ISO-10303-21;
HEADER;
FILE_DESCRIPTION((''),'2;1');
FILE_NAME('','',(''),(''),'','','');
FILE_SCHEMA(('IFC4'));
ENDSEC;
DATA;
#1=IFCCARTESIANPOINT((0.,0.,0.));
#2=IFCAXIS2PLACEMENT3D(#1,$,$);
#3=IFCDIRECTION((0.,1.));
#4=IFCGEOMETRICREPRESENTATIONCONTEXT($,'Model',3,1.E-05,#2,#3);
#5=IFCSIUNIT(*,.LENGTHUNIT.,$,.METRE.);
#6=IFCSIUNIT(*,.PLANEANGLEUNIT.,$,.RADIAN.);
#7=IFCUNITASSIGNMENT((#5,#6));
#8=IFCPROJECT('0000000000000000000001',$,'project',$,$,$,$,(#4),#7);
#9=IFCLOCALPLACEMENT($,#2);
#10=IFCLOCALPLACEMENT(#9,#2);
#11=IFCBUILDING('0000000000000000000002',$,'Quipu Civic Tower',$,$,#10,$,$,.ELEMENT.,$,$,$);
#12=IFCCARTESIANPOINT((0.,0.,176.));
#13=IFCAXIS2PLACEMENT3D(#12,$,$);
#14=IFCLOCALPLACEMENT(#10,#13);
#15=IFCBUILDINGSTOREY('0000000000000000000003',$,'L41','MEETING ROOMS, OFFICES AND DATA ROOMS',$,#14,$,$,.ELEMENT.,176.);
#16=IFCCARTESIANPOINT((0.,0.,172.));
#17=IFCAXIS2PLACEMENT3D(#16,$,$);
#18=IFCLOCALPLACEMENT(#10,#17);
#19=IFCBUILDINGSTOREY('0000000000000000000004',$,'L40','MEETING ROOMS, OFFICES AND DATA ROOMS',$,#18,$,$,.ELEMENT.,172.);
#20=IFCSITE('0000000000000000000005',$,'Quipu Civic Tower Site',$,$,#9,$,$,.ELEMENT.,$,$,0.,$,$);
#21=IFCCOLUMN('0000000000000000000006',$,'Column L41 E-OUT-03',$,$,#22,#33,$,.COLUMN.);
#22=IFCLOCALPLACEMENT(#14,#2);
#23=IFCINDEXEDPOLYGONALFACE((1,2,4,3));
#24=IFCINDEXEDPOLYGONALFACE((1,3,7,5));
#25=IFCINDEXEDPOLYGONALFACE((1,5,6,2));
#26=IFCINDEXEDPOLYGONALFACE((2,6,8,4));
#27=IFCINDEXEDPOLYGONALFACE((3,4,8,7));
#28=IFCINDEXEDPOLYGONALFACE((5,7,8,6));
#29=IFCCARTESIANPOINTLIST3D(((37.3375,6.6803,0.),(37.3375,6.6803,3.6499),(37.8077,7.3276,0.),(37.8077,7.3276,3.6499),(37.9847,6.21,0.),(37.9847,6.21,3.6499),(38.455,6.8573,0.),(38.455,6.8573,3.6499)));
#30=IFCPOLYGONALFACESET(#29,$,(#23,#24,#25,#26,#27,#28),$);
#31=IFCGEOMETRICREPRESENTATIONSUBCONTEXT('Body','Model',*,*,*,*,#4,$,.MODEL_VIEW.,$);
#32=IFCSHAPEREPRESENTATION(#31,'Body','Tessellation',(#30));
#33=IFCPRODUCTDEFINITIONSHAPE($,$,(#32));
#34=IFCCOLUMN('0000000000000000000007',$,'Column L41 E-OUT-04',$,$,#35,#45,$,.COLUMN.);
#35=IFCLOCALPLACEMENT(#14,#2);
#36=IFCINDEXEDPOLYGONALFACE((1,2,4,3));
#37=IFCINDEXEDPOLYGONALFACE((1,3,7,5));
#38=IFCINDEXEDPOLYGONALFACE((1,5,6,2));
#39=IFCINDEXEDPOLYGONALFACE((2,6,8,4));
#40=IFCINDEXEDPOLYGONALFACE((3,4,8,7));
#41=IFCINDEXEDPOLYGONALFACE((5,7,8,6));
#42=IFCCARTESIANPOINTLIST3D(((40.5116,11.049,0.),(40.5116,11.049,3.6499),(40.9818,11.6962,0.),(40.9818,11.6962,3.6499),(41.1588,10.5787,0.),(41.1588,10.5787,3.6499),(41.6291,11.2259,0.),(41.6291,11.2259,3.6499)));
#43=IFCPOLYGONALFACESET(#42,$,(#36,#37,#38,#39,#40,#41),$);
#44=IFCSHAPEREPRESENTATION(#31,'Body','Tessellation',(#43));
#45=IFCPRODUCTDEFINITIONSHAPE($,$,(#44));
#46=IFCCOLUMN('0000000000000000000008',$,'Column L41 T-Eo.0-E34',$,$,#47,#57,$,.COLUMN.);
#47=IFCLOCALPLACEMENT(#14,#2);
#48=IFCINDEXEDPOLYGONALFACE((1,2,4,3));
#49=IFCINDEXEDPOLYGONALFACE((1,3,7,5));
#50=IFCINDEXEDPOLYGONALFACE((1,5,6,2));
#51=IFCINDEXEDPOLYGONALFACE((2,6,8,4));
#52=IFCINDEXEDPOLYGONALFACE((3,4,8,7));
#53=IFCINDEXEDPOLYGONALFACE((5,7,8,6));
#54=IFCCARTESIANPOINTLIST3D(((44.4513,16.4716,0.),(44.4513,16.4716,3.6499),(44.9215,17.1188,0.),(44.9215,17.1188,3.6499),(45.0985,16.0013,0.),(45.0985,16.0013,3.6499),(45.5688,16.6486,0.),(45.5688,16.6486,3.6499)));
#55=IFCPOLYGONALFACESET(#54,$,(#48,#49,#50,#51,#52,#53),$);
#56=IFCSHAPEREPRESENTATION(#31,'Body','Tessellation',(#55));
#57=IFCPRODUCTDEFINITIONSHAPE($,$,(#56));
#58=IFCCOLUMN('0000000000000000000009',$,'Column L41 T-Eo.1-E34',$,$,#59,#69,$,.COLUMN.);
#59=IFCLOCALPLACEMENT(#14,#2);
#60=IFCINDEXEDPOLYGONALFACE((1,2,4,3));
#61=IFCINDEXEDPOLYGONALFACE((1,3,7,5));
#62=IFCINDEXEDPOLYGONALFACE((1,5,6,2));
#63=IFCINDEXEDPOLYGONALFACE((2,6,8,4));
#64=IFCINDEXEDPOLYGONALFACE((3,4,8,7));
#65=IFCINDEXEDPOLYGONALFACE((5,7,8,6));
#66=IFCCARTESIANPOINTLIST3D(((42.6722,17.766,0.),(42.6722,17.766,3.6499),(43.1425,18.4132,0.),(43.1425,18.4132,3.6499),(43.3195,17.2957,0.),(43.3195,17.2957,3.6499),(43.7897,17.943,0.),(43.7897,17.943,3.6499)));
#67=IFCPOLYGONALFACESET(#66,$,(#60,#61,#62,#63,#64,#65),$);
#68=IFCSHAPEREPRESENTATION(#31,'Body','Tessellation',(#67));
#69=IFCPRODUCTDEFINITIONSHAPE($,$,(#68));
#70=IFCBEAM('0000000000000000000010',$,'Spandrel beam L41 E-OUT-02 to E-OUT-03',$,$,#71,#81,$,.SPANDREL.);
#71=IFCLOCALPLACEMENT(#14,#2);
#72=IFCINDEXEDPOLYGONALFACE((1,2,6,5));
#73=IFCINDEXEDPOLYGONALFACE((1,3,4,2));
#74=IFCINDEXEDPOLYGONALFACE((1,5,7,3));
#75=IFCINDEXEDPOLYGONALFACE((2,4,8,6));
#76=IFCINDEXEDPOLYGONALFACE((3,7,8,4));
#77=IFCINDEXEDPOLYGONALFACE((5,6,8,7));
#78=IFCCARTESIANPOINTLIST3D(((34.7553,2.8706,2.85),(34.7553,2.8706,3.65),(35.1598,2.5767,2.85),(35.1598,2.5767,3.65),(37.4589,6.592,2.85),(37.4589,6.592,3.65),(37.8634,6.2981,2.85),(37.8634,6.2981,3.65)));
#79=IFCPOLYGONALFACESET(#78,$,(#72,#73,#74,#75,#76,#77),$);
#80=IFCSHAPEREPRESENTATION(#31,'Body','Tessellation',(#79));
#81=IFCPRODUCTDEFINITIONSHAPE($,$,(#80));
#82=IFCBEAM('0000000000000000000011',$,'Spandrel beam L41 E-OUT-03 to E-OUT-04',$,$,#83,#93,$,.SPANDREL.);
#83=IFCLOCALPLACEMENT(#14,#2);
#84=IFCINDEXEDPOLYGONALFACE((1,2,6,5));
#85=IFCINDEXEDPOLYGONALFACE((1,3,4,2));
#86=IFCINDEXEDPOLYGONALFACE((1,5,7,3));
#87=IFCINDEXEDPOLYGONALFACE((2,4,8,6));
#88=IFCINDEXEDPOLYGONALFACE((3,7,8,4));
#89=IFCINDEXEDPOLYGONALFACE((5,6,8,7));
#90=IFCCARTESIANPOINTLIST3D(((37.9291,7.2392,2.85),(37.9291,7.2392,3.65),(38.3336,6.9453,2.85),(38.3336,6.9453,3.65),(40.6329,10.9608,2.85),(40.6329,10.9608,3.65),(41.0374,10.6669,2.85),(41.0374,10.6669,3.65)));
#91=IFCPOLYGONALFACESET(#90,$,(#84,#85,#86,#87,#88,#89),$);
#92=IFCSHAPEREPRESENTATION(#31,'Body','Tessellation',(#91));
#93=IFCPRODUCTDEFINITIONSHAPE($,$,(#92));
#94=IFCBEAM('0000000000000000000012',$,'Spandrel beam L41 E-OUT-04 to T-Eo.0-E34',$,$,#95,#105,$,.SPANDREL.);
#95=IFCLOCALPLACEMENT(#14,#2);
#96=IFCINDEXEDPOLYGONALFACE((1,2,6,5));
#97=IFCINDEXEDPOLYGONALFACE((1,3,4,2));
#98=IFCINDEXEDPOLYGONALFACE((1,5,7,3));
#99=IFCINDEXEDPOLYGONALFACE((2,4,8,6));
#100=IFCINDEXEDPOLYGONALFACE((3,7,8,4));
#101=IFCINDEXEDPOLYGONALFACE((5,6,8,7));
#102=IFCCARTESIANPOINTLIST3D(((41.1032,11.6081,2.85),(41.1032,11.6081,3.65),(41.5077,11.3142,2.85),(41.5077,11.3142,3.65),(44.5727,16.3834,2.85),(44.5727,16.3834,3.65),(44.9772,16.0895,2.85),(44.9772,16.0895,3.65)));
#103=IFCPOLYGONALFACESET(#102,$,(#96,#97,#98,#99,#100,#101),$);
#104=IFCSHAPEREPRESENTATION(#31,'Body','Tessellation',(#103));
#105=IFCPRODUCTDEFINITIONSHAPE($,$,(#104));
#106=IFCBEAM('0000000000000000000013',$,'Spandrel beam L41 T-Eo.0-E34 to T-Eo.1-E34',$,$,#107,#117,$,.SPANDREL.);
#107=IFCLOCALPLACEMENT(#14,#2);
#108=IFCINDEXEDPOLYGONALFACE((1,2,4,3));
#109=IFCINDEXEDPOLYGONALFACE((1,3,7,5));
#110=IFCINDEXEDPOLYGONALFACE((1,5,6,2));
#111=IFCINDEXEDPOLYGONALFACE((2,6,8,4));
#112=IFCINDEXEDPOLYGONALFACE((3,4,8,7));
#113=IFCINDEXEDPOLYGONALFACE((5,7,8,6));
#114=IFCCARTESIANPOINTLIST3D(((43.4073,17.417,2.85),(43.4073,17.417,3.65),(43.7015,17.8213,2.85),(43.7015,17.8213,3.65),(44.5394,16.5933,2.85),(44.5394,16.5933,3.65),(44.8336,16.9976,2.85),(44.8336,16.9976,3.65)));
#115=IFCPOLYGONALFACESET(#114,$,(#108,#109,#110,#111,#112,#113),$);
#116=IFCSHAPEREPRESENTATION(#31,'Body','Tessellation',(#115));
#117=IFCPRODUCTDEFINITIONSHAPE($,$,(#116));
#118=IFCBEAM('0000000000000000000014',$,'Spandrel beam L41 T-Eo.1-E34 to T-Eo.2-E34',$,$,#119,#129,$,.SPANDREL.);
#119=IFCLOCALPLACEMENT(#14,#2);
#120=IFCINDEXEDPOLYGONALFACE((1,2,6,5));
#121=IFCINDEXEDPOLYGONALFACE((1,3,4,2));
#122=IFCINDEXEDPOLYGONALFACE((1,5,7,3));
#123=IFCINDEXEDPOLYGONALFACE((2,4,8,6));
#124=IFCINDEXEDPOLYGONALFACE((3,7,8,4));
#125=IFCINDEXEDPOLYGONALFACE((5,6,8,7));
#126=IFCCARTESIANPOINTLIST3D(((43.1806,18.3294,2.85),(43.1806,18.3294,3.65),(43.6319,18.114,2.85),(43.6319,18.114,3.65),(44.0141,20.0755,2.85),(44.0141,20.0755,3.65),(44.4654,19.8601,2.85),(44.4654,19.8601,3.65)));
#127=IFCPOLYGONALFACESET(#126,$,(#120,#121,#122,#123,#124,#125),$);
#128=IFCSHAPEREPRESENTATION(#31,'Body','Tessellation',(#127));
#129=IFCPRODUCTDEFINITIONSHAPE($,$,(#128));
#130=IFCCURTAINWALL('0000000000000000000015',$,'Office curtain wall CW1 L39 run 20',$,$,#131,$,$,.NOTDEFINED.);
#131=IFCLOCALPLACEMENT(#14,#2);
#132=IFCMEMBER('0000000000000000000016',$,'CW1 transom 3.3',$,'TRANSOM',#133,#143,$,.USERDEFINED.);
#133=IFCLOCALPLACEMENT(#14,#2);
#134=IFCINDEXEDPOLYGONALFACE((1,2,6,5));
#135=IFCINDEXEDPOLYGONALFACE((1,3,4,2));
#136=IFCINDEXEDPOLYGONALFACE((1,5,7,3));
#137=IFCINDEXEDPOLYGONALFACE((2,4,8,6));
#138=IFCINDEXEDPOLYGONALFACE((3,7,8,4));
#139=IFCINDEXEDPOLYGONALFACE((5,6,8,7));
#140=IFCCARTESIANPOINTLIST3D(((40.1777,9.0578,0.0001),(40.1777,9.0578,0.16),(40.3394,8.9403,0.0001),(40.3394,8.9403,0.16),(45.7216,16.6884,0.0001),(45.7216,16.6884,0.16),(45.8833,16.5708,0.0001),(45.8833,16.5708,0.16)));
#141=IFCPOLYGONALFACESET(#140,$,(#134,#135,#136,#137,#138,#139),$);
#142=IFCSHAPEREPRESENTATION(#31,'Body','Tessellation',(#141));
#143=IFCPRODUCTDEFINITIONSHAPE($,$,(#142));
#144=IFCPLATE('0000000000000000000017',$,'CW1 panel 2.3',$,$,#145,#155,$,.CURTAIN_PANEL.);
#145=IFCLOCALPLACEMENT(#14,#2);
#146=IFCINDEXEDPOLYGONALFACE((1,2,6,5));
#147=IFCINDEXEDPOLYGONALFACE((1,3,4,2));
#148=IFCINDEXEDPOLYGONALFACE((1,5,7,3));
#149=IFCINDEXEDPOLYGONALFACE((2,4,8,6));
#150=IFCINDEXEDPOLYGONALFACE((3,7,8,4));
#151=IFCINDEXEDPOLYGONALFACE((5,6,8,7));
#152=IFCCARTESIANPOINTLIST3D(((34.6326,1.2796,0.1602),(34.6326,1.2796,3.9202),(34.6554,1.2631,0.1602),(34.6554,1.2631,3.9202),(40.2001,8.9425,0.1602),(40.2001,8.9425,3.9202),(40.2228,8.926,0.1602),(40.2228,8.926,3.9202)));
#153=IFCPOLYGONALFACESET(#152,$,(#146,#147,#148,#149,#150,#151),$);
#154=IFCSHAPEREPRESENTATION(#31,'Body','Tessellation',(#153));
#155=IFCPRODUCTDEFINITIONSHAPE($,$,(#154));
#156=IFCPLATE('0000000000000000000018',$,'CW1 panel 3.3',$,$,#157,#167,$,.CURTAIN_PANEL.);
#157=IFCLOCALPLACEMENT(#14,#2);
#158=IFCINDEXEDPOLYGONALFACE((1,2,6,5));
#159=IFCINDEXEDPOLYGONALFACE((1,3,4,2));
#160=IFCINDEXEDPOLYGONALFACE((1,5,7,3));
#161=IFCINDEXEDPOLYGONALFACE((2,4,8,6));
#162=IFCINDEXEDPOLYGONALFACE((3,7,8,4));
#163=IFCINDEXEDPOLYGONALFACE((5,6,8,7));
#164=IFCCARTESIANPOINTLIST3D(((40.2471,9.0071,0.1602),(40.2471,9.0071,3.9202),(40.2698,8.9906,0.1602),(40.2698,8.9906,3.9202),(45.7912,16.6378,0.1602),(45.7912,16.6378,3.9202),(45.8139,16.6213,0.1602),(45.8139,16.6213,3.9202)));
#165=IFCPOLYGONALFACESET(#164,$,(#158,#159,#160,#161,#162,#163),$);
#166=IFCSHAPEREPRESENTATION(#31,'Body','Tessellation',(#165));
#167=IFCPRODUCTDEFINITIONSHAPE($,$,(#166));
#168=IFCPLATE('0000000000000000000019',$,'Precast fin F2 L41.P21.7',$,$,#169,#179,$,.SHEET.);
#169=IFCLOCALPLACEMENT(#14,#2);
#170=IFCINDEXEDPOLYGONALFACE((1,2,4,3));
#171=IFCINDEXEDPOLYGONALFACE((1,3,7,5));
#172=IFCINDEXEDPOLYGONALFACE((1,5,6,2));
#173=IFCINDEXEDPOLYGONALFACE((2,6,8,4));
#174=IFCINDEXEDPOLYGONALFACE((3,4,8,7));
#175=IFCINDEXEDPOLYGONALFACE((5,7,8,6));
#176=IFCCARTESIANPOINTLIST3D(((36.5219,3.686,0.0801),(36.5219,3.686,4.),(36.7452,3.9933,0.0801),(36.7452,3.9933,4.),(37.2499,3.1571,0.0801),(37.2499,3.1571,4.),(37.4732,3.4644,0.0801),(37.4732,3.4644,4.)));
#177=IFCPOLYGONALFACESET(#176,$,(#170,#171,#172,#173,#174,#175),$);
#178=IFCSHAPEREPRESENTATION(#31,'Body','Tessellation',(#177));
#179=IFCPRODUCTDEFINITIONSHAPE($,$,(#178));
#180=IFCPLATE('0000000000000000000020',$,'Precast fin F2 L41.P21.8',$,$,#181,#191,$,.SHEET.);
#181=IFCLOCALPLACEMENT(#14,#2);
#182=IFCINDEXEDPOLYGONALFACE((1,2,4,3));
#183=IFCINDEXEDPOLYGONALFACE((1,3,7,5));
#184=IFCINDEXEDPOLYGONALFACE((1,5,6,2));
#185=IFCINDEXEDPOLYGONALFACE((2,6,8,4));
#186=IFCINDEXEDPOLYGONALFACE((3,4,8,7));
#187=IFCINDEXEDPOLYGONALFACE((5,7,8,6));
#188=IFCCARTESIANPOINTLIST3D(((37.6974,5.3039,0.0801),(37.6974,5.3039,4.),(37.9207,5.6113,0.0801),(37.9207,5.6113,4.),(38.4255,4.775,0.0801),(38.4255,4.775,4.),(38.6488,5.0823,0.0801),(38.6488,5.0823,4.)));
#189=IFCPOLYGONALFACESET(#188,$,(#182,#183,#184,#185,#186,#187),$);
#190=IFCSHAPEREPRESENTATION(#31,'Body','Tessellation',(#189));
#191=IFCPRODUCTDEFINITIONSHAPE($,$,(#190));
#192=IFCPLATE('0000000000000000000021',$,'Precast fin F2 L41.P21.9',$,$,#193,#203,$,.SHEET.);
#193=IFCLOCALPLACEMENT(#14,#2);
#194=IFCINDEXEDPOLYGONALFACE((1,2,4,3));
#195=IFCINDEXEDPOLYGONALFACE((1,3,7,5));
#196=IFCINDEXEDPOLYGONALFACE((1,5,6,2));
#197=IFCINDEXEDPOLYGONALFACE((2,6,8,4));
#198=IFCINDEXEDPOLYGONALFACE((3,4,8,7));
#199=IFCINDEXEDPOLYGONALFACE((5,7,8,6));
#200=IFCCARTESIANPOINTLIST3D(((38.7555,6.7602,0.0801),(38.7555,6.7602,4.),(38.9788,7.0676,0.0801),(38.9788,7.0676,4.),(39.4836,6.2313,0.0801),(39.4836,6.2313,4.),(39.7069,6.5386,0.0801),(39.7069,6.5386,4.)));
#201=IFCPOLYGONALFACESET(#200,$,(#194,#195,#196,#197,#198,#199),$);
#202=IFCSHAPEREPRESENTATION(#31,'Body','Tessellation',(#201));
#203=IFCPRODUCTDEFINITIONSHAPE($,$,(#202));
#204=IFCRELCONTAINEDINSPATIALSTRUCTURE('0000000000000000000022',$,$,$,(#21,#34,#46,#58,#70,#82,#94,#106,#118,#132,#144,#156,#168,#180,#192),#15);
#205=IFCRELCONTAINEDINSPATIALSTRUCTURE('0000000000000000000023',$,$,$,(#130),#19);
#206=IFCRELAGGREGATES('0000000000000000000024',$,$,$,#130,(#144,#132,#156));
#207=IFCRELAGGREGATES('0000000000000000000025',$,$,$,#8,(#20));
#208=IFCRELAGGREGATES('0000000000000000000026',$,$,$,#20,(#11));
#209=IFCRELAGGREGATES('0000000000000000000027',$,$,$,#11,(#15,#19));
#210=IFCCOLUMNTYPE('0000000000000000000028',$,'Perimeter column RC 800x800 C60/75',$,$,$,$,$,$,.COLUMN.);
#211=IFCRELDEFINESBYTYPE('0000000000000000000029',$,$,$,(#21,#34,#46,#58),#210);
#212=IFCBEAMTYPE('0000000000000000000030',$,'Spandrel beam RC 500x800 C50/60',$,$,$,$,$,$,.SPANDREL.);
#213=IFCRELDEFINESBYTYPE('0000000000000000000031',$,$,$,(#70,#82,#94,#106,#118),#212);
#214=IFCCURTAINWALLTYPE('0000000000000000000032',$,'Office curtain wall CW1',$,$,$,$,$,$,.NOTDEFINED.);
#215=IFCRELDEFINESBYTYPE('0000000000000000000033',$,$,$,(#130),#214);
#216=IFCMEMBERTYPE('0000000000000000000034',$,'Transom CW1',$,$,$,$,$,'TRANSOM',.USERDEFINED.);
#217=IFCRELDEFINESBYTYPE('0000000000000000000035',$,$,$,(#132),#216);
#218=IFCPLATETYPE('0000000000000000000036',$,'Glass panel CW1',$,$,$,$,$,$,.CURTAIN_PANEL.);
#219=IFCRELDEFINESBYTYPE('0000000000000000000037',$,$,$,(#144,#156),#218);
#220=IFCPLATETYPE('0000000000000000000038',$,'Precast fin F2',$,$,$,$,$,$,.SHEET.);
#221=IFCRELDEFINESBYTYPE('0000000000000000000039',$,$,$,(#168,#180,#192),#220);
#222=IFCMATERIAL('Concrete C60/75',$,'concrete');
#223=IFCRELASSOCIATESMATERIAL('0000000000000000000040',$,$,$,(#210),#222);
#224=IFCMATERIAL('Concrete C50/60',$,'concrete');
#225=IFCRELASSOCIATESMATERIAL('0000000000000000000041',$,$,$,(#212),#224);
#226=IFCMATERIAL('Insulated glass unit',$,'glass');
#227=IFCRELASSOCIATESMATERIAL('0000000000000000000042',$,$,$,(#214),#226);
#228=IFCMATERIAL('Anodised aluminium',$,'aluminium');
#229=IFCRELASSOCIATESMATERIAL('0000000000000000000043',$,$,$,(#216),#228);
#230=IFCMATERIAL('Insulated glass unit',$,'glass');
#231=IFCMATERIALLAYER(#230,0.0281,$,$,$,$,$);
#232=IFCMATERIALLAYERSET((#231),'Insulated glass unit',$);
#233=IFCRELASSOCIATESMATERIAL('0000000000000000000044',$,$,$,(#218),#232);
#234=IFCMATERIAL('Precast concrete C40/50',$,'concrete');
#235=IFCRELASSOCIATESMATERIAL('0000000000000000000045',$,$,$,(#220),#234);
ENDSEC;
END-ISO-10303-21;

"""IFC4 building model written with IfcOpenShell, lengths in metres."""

from ifc_helpers import new_model, si_unit, direction, frame, origin, origin_2d, place, context, subcontext, project, spatial, rectangle, extrude, material, layer, layer_set, material_profile, profile_set, type_object, element, aggregate, save


model = new_model("IFC4")

# Units and contexts
model_context = context("Model", 3, precision=1e-05, world=origin(), true_north=direction((0.0, 1.0)))
body_context = subcontext(model_context, "Body", "Model", "MODEL_VIEW")
ifc_project = project(units=[si_unit("LENGTHUNIT", "METRE"), si_unit("PLANEANGLEUNIT", "RADIAN")], contexts=[model_context])

# Site, building, storey
site_placement = place(None, origin())
site = spatial("IfcSite", under=ifc_project, at=site_placement, Name="Quipu Civic Tower Site", CompositionType="ELEMENT", RefElevation=0.0)
building_placement = place(site_placement, origin())
building = spatial("IfcBuilding", under=site, at=building_placement, Name="Quipu Civic Tower", CompositionType="ELEMENT")
storey_1_placement = place(building_placement, frame((0.0, 0.0, 176.0)))
storey_1 = spatial("IfcBuildingStorey", under=building, at=storey_1_placement, Name="L41", Description="MEETING ROOMS, OFFICES AND DATA ROOMS", CompositionType="ELEMENT", Elevation=176.0)

# Columns
ifc_material_1 = material(Name="Concrete C60/75", Category="concrete")
ifc_material_profile_1 = material_profile(ifc_material_1, rectangle(XDim=0.8, YDim=0.8, at=origin_2d()), Name="RC800x800")
ifc_profile_set_1 = profile_set([ifc_material_profile_1], Name="Concrete C60/75")
column_type = type_object("IfcColumnType", Name="Perimeter column RC 800x800 C60/75", PredefinedType="COLUMN", material=ifc_profile_set_1)
for number, where, z_axis, x_axis, name in (
    (1, (37.8962, 6.7688, 0.0), (0.0, 0.0, 1.0), (0.587785, 0.809017, 0.0), "Column L41 E-OUT-03"),
    (2, (41.0703, 11.1375, 0.0), (0.0, 0.0, 1.0), (0.587785, 0.809017, 0.0), "Column L41 E-OUT-04"),
    (3, (45.01, 16.5601, 0.0), (0.0, 0.0, 1.0), (0.587785, 0.809017, 0.0), "Column L41 T-Eo.0-E34"),
    (4, (43.231, 17.8545, 0.0), (0.0, 0.0, 1.0), (0.587785, 0.809017, 0.0), "Column L41 T-Eo.1-E34"),
):
    element("IfcColumn", number, at=place(storey_1_placement, frame(where, z_axis=z_axis, x_axis=x_axis)), inside=storey_1, type_object=column_type, Name=name, PredefinedType="COLUMN", context=body_context, shape_type="SweptSolid", body=[
        extrude(rectangle(XDim=0.8, YDim=0.8, at=origin_2d()), origin(), (0.0, 0.0, 1.0), 3.6499),
    ])

# Beams
ifc_material_2 = material(Name="Concrete C50/60", Category="concrete")
ifc_material_profile_2 = material_profile(ifc_material_2, rectangle(XDim=0.5, YDim=0.8, at=origin_2d()), Name="RC500x800")
ifc_profile_set_2 = profile_set([ifc_material_profile_2], Name="Concrete C50/60")
beam_type = type_object("IfcBeamType", Name="Spandrel beam RC 500x800 C50/60", PredefinedType="SPANDREL", material=ifc_profile_set_2)
beam_1_placement = place(storey_1_placement, frame((34.9575, 2.7236, 3.25), z_axis=(0.587761, 0.809034, 0.0), x_axis=(-0.809034, 0.587761, 0.0)))
element("IfcBeam", 5, at=beam_1_placement, inside=storey_1, type_object=beam_type, Name="Spandrel beam L41 E-OUT-02 to E-OUT-03", PredefinedType="SPANDREL", context=body_context, shape_type="SweptSolid", body=[
    extrude(rectangle(XDim=0.5, YDim=0.8, at=origin_2d()), origin(), (0.0, 0.0, 1.0), 4.5999),
])
beam_2_placement = place(storey_1_placement, frame((38.1313, 7.0923, 3.25), z_axis=(0.587771, 0.809027, 0.0), x_axis=(-0.809027, 0.587771, 0.0)))
element("IfcBeam", 6, at=beam_2_placement, inside=storey_1, type_object=beam_type, Name="Spandrel beam L41 E-OUT-03 to E-OUT-04", PredefinedType="SPANDREL", context=body_context, shape_type="SweptSolid", body=[
    extrude(rectangle(XDim=0.5, YDim=0.8, at=origin_2d()), origin(), (0.0, 0.0, 1.0), 4.6001),
])
beam_3_placement = place(storey_1_placement, frame((41.3054, 11.4612, 3.25), z_axis=(0.5878, 0.809006, 0.0), x_axis=(-0.809006, 0.5878, 0.0)))
element("IfcBeam", 7, at=beam_3_placement, inside=storey_1, type_object=beam_type, Name="Spandrel beam L41 E-OUT-04 to T-Eo.0-E34", PredefinedType="SPANDREL", context=body_context, shape_type="SweptSolid", body=[
    extrude(rectangle(XDim=0.5, YDim=0.8, at=origin_2d()), origin(), (0.0, 0.0, 1.0), 5.9026),
])
beam_4_placement = place(storey_1_placement, frame((44.6865, 16.7954, 3.25), z_axis=(-0.8086, 0.588358, 0.0), x_axis=(-0.588358, -0.8086, 0.0)))
element("IfcBeam", 8, at=beam_4_placement, inside=storey_1, type_object=beam_type, Name="Spandrel beam L41 T-Eo.0-E34 to T-Eo.1-E34", PredefinedType="SPANDREL", context=body_context, shape_type="SweptSolid", body=[
    extrude(rectangle(XDim=0.5, YDim=0.8, at=origin_2d()), origin(), (0.0, 0.0, 1.0), 1.4001),
])
beam_5_placement = place(storey_1_placement, frame((43.4062, 18.2217, 3.25), z_axis=(0.430786, 0.902454, 0.0), x_axis=(-0.902454, 0.430786, 0.0)))
element("IfcBeam", 9, at=beam_5_placement, inside=storey_1, type_object=beam_type, Name="Spandrel beam L41 T-Eo.1-E34 to T-Eo.2-E34", PredefinedType="SPANDREL", context=body_context, shape_type="SweptSolid", body=[
    extrude(rectangle(XDim=0.5, YDim=0.8, at=origin_2d()), origin(), (0.0, 0.0, 1.0), 1.9348),
])

# Shared definitions
storey_2_placement = place(building_placement, frame((0.0, 0.0, 172.0)))
storey_2 = spatial("IfcBuildingStorey", under=building, at=storey_2_placement, Name="L40", Description="MEETING ROOMS, OFFICES AND DATA ROOMS", CompositionType="ELEMENT", Elevation=172.0)

# Curtain wall, member, plates
ifc_material_3 = material(Name="Insulated glass unit", Category="glass")
curtain_wall_type = type_object("IfcCurtainWallType", Name="Office curtain wall CW1", PredefinedType="NOTDEFINED", material=ifc_material_3)
curtain_wall_placement = place(storey_2_placement, origin())
curtain_wall = element("IfcCurtainWall", 10, at=curtain_wall_placement, inside=storey_2, type_object=curtain_wall_type, Name="Office curtain wall CW1 L39 run 20", PredefinedType="NOTDEFINED")
ifc_material_4 = material(Name="Anodised aluminium", Category="aluminium")
ifc_material_profile_3 = material_profile(ifc_material_4, rectangle(XDim=0.2, YDim=0.1599, at=origin_2d()), Name="RECT 200x160")
ifc_profile_set_3 = profile_set([ifc_material_profile_3], Name="Anodised aluminium")
member_type = type_object("IfcMemberType", Name="Transom CW1", ElementType="TRANSOM", PredefinedType="USERDEFINED", material=ifc_profile_set_3)
member_placement = place(storey_1_placement, frame((40.2585, 8.999, 0.0801), z_axis=(0.587784, 0.809018, 0.0), x_axis=(-0.809018, 0.587784, 0.0)))
member = element("IfcMember", 11, at=member_placement, inside=storey_1, type_object=member_type, Name="CW1 transom 3.3", ObjectType="TRANSOM", PredefinedType="USERDEFINED", context=body_context, shape_type="SweptSolid", body=[
    extrude(rectangle(XDim=0.2, YDim=0.1599, at=origin_2d()), origin(), (0.0, 0.0, 1.0), 9.4319),
])
ifc_material_5 = material(Name="Insulated glass unit", Category="glass")
ifc_layer_1 = layer(ifc_material_5, 0.0281)
ifc_layer_set_1 = layer_set([ifc_layer_1], Name="Insulated glass unit")
plate_type_1 = type_object("IfcPlateType", Name="Glass panel CW1", PredefinedType="CURTAIN_PANEL", material=ifc_layer_set_1)
plate_1_placement = place(storey_1_placement, frame((37.4277, 5.1028, 0.1602), z_axis=(0.0, 0.0, 1.0), x_axis=(0.587786, 0.809017, 0.0)))
plate_1 = element("IfcPlate", 12, at=plate_1_placement, inside=storey_1, type_object=plate_type_1, Name="CW1 panel 2.3", PredefinedType="CURTAIN_PANEL", context=body_context, shape_type="SweptSolid", body=[
    extrude(rectangle(XDim=9.4719, YDim=0.0281, at=origin_2d()), origin(), (0.0, 0.0, 1.0), 3.76),
])
plate_2_placement = place(storey_1_placement, frame((43.0305, 12.8142, 0.1602), z_axis=(0.0, 0.0, 1.0), x_axis=(0.587786, 0.809017, 0.0)))
plate_2 = element("IfcPlate", 13, at=plate_2_placement, inside=storey_1, type_object=plate_type_1, Name="CW1 panel 3.3", PredefinedType="CURTAIN_PANEL", context=body_context, shape_type="SweptSolid", body=[
    extrude(rectangle(XDim=9.4321, YDim=0.0281, at=origin_2d()), origin(), (0.0, 0.0, 1.0), 3.76),
])
aggregate(curtain_wall, [plate_1, member, plate_2])

# Plates
ifc_material_6 = material(Name="Precast concrete C40/50", Category="concrete")
plate_type_2 = type_object("IfcPlateType", Name="Precast fin F2", PredefinedType="SHEET", material=ifc_material_6)
for number, where, z_axis, x_axis, name in (
    (14, (36.9976, 3.5752, 0.0801), (0.0, 0.0, 1.0), (0.587786, 0.809017, 0.0), "Precast fin F2 L41.P21.7"),
    (15, (38.1731, 5.1931, 0.0801), (0.0, 0.0, 1.0), (0.587786, 0.809017, 0.0), "Precast fin F2 L41.P21.8"),
    (16, (39.2312, 6.6494, 0.0801), (0.0, 0.0, 1.0), (0.587786, 0.809017, 0.0), "Precast fin F2 L41.P21.9"),
):
    element("IfcPlate", number, at=place(storey_1_placement, frame(where, z_axis=z_axis, x_axis=x_axis)), inside=storey_1, type_object=plate_type_2, Name=name, PredefinedType="SHEET", context=body_context, shape_type="SweptSolid", body=[
        extrude(rectangle(XDim=0.3799, YDim=0.8999, at=origin_2d()), origin(), (0.0, 0.0, 1.0), 3.9199),
    ])

save(model, "model.ifc")
